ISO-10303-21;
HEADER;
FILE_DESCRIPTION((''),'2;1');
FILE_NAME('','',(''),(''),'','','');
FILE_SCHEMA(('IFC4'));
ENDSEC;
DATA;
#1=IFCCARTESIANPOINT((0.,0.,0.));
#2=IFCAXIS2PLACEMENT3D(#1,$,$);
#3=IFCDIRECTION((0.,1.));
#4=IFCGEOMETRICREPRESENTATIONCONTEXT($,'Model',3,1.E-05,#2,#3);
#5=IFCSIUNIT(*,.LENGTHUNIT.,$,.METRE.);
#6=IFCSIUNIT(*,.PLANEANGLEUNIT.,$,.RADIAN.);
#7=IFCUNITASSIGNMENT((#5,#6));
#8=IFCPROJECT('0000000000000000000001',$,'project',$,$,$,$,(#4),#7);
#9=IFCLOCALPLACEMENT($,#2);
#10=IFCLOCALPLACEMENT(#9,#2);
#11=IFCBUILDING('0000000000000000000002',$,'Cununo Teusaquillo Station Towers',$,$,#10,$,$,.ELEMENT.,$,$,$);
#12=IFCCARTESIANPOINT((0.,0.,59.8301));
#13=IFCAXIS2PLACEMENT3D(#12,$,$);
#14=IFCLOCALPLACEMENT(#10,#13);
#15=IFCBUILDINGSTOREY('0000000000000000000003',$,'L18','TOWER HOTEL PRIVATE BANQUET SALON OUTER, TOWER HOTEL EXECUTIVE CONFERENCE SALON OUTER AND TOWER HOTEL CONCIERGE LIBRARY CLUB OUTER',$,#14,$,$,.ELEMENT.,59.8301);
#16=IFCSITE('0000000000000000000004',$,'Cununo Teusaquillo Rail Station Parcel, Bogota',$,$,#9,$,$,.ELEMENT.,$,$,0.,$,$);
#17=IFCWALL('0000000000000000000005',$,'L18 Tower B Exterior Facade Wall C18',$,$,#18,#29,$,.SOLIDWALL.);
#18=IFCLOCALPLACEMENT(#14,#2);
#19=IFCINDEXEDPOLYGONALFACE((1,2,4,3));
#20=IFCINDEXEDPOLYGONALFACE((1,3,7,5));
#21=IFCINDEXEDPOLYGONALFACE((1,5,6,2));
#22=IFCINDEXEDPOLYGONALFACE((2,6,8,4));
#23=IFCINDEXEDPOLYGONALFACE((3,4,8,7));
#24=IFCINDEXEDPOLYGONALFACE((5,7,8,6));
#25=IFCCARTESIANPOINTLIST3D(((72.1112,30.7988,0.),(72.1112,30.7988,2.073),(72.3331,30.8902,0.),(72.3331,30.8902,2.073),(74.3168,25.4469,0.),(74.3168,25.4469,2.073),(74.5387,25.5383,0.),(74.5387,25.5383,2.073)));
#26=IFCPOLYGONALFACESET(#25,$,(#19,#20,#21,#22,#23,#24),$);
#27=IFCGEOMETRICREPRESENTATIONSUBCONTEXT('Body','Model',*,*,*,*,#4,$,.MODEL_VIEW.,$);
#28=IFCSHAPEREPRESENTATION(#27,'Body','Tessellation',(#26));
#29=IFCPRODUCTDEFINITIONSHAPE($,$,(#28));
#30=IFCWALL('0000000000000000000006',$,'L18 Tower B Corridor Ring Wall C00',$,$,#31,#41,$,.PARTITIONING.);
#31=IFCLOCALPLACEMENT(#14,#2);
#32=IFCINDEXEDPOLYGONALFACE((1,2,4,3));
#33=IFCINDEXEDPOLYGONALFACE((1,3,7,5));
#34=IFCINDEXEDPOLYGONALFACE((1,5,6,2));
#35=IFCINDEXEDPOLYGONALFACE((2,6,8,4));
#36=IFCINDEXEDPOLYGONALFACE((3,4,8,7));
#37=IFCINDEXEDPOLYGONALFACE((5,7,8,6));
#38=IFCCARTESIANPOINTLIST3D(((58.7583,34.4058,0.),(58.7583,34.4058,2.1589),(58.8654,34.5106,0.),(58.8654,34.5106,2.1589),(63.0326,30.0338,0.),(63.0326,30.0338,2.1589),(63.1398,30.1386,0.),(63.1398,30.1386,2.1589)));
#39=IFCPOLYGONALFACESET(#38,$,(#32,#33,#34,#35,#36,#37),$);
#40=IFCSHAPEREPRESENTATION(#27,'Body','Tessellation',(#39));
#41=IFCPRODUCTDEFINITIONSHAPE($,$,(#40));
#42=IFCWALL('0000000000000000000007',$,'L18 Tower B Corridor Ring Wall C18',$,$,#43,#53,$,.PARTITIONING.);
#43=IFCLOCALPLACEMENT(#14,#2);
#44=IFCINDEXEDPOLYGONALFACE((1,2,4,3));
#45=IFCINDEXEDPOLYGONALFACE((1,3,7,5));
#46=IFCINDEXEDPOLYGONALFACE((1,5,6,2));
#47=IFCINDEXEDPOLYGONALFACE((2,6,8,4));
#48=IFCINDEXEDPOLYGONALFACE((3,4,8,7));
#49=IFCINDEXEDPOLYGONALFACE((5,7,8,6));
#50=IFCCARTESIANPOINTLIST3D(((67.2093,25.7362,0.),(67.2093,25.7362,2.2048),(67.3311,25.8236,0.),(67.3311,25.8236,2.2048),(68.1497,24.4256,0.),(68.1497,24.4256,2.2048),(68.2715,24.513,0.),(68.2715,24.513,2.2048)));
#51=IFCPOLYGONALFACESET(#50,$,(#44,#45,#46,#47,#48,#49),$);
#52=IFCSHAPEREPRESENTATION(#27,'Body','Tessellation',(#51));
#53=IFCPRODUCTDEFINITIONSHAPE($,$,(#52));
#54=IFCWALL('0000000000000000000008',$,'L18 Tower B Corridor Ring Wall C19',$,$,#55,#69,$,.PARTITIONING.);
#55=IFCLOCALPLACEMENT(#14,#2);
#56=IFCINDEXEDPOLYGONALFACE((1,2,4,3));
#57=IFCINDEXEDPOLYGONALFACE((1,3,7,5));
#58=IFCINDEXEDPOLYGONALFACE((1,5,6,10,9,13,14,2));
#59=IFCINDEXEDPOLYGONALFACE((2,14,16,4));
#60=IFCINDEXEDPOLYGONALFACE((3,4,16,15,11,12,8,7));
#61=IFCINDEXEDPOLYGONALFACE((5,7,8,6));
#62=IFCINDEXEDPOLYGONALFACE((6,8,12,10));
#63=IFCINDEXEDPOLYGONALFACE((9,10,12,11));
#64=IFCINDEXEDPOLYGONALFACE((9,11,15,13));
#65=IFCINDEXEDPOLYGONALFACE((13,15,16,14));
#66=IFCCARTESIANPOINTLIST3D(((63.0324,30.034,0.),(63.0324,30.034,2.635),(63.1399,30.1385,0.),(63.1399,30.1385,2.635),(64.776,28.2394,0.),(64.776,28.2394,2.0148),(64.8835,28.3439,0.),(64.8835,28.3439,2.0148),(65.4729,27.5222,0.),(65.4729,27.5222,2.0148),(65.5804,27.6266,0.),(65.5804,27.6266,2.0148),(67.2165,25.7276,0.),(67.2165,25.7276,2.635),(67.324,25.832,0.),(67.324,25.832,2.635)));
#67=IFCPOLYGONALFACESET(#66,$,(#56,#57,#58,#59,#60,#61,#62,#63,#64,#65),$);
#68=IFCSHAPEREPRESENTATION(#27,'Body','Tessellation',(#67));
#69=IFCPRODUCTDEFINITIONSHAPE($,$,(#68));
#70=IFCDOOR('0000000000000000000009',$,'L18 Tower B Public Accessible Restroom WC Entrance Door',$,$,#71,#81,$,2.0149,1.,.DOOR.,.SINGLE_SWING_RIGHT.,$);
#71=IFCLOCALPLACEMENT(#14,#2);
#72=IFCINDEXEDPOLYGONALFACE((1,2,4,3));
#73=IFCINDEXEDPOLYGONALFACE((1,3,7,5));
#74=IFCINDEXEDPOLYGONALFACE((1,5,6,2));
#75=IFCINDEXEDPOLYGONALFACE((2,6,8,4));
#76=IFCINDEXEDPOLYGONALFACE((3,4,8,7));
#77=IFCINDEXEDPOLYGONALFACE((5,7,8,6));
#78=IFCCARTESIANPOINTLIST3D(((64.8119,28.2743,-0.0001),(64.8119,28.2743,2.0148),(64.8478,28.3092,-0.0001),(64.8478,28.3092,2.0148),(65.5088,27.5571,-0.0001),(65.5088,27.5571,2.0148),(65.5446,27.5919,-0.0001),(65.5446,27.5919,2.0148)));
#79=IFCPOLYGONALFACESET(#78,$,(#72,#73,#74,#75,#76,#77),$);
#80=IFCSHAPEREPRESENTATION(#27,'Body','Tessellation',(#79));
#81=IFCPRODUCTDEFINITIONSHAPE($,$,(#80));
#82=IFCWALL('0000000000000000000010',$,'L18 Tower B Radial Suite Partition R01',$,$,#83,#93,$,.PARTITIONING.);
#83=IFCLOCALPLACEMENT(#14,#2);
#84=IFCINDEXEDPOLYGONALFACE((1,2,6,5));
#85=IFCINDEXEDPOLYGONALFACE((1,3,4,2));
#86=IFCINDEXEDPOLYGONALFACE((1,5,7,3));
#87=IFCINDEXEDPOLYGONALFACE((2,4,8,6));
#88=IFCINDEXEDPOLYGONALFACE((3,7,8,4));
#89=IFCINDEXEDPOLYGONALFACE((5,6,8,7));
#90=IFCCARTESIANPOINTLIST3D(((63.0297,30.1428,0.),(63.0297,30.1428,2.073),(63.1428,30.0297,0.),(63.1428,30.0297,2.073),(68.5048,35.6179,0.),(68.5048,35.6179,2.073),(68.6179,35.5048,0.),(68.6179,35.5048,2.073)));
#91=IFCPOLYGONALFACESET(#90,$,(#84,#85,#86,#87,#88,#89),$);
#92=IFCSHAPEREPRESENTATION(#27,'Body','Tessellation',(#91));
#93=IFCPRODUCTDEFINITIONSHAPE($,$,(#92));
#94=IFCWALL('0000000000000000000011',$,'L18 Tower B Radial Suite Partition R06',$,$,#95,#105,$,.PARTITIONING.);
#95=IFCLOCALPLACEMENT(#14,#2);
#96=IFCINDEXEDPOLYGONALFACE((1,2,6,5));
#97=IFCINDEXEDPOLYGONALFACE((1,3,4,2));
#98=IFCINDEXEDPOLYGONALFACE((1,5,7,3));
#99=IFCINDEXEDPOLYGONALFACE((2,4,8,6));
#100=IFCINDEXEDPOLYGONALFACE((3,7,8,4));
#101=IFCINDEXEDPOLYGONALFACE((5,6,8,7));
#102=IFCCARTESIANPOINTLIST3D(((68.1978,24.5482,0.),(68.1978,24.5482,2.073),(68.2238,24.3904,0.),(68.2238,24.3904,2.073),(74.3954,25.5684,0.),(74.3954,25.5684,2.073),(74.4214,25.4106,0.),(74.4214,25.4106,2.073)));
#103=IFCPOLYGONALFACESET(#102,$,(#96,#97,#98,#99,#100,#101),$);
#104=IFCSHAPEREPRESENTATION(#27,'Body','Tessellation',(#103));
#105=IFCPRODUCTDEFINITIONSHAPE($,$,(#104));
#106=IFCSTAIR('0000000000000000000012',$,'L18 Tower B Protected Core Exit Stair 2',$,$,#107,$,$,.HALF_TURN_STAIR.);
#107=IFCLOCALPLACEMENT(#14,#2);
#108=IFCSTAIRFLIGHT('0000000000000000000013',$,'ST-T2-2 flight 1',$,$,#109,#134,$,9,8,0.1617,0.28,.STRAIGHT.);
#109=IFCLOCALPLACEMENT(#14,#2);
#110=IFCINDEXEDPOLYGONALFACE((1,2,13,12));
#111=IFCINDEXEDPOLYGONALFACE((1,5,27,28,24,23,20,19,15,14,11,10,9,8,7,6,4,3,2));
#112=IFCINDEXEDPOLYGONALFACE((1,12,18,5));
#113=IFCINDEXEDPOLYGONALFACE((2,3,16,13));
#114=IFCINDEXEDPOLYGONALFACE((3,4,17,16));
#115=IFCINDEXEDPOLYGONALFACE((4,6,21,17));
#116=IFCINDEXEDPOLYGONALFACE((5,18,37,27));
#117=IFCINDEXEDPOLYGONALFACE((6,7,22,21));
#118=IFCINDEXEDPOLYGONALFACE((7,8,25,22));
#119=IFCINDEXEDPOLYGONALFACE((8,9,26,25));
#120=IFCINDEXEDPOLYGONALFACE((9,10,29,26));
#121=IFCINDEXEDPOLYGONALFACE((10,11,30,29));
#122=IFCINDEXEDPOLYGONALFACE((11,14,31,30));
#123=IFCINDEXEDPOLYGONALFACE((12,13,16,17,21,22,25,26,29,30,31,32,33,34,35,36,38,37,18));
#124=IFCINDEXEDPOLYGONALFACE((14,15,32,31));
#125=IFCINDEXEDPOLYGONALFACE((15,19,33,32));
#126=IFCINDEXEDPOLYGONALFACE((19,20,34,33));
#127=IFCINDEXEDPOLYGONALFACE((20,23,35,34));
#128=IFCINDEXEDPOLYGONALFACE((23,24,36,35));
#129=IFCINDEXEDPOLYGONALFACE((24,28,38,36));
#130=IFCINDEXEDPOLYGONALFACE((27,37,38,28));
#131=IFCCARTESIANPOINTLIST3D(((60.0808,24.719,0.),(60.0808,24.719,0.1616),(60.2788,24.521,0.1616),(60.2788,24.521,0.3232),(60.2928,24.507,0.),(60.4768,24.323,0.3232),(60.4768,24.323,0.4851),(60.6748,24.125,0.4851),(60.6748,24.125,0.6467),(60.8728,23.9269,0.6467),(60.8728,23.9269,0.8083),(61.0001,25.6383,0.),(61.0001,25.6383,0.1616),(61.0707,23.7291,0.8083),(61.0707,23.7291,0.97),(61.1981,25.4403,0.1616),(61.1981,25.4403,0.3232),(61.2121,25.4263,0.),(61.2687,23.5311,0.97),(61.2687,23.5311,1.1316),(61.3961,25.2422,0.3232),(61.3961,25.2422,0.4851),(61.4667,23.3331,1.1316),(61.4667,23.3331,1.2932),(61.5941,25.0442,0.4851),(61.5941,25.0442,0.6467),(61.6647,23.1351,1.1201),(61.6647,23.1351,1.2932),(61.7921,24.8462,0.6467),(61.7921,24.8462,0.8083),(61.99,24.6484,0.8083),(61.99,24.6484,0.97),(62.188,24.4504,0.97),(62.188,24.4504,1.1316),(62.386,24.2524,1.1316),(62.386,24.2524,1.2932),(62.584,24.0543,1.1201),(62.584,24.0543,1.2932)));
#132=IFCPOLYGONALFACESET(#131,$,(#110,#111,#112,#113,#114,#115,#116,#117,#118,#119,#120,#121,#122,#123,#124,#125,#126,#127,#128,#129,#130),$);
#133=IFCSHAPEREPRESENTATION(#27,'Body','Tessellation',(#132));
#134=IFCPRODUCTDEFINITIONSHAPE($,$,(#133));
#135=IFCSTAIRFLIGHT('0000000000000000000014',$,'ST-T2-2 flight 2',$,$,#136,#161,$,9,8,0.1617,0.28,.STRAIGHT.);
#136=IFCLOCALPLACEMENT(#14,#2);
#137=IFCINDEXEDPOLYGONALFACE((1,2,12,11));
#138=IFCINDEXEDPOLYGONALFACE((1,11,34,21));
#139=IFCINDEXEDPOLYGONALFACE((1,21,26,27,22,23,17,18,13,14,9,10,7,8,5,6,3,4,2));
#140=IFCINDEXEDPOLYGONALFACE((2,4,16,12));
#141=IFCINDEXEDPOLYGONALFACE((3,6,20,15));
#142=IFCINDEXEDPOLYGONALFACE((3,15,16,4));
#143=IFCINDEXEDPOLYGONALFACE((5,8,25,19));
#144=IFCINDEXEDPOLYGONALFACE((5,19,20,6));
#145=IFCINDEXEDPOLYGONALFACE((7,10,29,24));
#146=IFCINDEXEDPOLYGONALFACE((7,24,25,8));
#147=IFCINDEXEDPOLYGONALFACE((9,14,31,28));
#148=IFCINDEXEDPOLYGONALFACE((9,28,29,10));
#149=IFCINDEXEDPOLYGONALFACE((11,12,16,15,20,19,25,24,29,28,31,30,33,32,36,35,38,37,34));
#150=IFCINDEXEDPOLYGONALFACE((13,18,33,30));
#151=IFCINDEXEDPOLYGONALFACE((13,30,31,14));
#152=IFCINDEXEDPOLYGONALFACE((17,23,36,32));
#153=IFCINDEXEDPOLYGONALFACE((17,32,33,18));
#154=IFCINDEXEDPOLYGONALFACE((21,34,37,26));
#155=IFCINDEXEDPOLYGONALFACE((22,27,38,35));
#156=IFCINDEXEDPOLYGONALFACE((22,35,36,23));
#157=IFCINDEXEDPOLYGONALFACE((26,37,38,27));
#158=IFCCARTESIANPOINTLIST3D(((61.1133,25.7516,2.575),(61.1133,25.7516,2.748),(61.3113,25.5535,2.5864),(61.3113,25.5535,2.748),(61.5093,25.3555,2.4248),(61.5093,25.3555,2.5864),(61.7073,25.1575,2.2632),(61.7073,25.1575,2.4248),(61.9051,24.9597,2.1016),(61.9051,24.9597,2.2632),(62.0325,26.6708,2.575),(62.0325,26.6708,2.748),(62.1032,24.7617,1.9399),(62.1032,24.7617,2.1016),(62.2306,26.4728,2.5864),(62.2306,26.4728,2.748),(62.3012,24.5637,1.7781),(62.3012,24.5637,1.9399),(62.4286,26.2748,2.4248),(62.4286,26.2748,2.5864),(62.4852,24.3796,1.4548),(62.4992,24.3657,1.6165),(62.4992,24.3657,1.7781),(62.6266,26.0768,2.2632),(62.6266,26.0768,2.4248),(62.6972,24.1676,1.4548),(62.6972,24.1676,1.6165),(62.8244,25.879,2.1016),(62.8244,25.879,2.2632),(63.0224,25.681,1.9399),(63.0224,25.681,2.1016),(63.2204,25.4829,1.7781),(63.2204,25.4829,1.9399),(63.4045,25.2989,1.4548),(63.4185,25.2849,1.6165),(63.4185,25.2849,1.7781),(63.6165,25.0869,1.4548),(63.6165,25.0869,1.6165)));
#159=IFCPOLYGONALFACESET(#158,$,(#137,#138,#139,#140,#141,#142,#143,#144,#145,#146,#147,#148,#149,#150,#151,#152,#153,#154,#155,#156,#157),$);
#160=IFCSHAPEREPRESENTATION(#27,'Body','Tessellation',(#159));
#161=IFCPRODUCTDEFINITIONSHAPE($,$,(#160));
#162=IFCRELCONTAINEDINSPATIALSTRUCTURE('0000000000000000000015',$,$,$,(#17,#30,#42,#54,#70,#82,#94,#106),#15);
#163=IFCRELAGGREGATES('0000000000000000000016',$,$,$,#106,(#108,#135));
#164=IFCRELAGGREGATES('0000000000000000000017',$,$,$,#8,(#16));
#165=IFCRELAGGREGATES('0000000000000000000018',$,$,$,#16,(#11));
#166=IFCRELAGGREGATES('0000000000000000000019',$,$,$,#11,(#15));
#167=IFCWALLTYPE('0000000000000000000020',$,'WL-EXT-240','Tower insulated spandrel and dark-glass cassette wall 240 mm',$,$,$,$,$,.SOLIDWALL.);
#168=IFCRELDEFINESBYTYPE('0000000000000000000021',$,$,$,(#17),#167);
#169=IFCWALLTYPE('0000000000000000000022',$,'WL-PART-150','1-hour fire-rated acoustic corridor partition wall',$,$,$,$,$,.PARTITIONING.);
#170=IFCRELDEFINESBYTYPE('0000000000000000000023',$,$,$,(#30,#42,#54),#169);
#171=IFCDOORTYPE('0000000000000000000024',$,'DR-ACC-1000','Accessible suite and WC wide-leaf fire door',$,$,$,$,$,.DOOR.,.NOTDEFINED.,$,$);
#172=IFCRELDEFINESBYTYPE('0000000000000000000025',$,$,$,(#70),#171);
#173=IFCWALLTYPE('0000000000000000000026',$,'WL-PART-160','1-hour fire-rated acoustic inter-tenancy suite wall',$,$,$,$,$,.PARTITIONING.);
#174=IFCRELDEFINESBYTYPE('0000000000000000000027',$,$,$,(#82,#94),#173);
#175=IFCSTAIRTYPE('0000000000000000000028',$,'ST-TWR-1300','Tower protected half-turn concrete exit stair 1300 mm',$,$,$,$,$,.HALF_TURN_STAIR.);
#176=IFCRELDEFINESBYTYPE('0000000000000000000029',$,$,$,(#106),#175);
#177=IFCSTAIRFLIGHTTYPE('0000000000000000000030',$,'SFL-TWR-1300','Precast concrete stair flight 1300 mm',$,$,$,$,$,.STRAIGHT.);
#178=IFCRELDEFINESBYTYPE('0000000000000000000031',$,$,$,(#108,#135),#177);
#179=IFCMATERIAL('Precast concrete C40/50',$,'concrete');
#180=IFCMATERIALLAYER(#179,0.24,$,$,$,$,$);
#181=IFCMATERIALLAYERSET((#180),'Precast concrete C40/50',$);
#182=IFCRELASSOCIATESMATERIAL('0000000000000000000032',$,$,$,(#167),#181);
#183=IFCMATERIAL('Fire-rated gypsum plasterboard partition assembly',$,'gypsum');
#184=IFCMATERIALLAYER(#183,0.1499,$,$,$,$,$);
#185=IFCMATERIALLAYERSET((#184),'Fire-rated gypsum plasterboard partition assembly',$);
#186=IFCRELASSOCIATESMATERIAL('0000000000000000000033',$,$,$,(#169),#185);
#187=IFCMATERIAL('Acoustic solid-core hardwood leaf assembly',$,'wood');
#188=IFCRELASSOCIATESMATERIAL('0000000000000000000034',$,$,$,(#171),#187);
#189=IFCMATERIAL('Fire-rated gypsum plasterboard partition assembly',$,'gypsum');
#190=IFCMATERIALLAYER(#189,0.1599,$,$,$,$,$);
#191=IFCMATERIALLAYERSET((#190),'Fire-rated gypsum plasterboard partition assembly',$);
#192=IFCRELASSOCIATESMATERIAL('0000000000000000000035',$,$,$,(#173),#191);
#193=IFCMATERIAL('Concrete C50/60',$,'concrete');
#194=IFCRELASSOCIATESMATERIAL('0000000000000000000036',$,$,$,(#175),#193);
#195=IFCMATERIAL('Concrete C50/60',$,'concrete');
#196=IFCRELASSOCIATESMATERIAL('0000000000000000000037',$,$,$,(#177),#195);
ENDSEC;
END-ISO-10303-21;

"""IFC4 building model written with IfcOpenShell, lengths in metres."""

from ifc_helpers import new_model, si_unit, direction, frame, frame_2d, origin, place, context, subcontext, project, spatial, polyline, rectangle, outline, extrude, source, transform, mapped, material, layer, layer_set, type_object, element, fill, aggregate, save


model = new_model("IFC4")

# Units and contexts
model_context = context("Model", 3, precision=1e-05, world=origin(), true_north=direction((0.0, 1.0)))
body_context = subcontext(model_context, "Body", "Model", "MODEL_VIEW")
ifc_project = project(units=[si_unit("LENGTHUNIT", "METRE"), si_unit("PLANEANGLEUNIT", "RADIAN")], contexts=[model_context])

# Site, building, storey
site_placement = place(None, origin())
site = spatial("IfcSite", under=ifc_project, at=site_placement, Name="Cununo Teusaquillo Rail Station Parcel, Bogota", CompositionType="ELEMENT", RefElevation=0.0)
building_placement = place(site_placement, origin())
building = spatial("IfcBuilding", under=site, at=building_placement, Name="Cununo Teusaquillo Station Towers", CompositionType="ELEMENT")
storey_placement = place(building_placement, frame((0.0, 0.0, 59.8301)))
storey = spatial("IfcBuildingStorey", under=building, at=storey_placement, Name="L18", Description="TOWER HOTEL PRIVATE BANQUET SALON OUTER, TOWER HOTEL EXECUTIVE CONFERENCE SALON OUTER AND TOWER HOTEL CONCIERGE LIBRARY CLUB OUTER", CompositionType="ELEMENT", Elevation=59.8301)

# Shared definitions
ifc_material_1 = material(Name="Precast concrete C40/50", Category="concrete")
ifc_layer_1 = layer(ifc_material_1, 0.24)
ifc_layer_set_1 = layer_set([ifc_layer_1], Name="Precast concrete C40/50")
wall_type_1 = type_object("IfcWallType", Name="WL-EXT-240", Description="Tower insulated spandrel and dark-glass cassette wall 240 mm", PredefinedType="SOLIDWALL", material=ifc_layer_set_1)

# Walls
wall_1_placement = place(storey_placement, frame((72.2222, 30.8445, 0.0), z_axis=(0.0, 0.0, 1.0), x_axis=(0.381028, -0.924564, 0.0)))
element("IfcWall", 1, at=wall_1_placement, inside=storey, type_object=wall_type_1, Name="L18 Tower B Exterior Facade Wall C18", PredefinedType="SOLIDWALL", context=body_context, shape_type="SweptSolid", body=[
    extrude(rectangle(XDim=5.7886, YDim=0.24, at=frame_2d((2.8943, 0.0))), origin(), (0.0, 0.0, 1.0), 2.073),
])
ifc_material_2 = material(Name="Fire-rated gypsum plasterboard partition assembly", Category="gypsum")
ifc_layer_2 = layer(ifc_material_2, 0.1499)
ifc_layer_set_2 = layer_set([ifc_layer_2], Name="Fire-rated gypsum plasterboard partition assembly")
wall_type_2 = type_object("IfcWallType", Name="WL-PART-150", Description="1-hour fire-rated acoustic corridor partition wall", PredefinedType="PARTITIONING", material=ifc_layer_set_2)
wall_2_placement = place(storey_placement, frame((63.0862, 30.0862, 0.0), z_axis=(0.0, 0.0, 1.0), x_axis=(-0.699076, 0.715047, 0.0)))
element("IfcWall", 2, at=wall_2_placement, inside=storey, type_object=wall_type_2, Name="L18 Tower B Corridor Ring Wall C00", PredefinedType="PARTITIONING", context=body_context, shape_type="SweptSolid", body=[
    extrude(rectangle(XDim=6.1143, YDim=0.1499, at=frame_2d((3.0571, 0.0))), origin(), (0.0, 0.0, 1.0), 2.1589),
])
wall_3_placement = place(storey_placement, frame((68.2107, 24.4692, 0.0), z_axis=(0.0, 0.0, 1.0), x_axis=(-0.583012, 0.812463, 0.0)))
element("IfcWall", 3, at=wall_3_placement, inside=storey, type_object=wall_type_2, Name="L18 Tower B Corridor Ring Wall C18", PredefinedType="PARTITIONING", context=body_context, shape_type="SweptSolid", body=[
    extrude(rectangle(XDim=1.613, YDim=0.1499, at=frame_2d((0.8066, 0.0))), origin(), (0.0, 0.0, 1.0), 2.2048),
])

# Wall, opening, door
wall_4_placement = place(storey_placement, frame((67.2703, 25.7798, 0.0), z_axis=(0.0, 0.0, 1.0), x_axis=(-0.696848, 0.717219, 0.0)))
wall_4 = element("IfcWall", 4, at=wall_4_placement, inside=storey, type_object=wall_type_2, Name="L18 Tower B Corridor Ring Wall C19", PredefinedType="PARTITIONING", context=body_context, shape_type="SweptSolid", body=[
    extrude(rectangle(XDim=6.0044, YDim=0.1499, at=frame_2d((3.0022, 0.0))), origin(), (0.0, 0.0, 1.0), 2.635),
])
shared_shape_1 = source(origin(), body_context, "Body", "SweptSolid", [
    extrude(rectangle(XDim=1.0, YDim=2.0149, at=frame_2d((0.5, 1.0073))), frame((0.0, 0.085, 0.0), z_axis=(0.0, -1.0, 0.0), x_axis=(1.0, 0.0, 0.0)), (0.0, 0.0, 1.0), 0.1699),
])
opening_1_placement = place(wall_4_placement, frame((2.5022, 0.0, 0.0)))
opening_1 = element("IfcOpeningElement", 5, at=opening_1_placement, cuts=wall_4, PredefinedType="OPENING", context=body_context, shape_type="MappedRepresentation", body=[
    mapped(shared_shape_1, transform((0.0, 0.0, 0.0), x_axis=(1.0, 0.0, 0.0), y_axis=(0.0, 1.0, 0.0), z_axis=(0.0, 0.0, 1.0), scale=1.0)),
])
ifc_material_3 = material(Name="Acoustic solid-core hardwood leaf assembly", Category="wood")
door_type_1 = type_object("IfcDoorType", Name="DR-ACC-1000", Description="Accessible suite and WC wide-leaf fire door", OperationType="NOTDEFINED", PredefinedType="DOOR", material=ifc_material_3)
shared_shape_2 = source(origin(), body_context, "Body", "SweptSolid", [
    extrude(rectangle(XDim=1.0, YDim=2.0149, at=frame_2d((0.5, 1.0073))), frame((0.0, 0.0249, 0.0), z_axis=(0.0, -1.0, 0.0), x_axis=(1.0, 0.0, 0.0)), (0.0, 0.0, 1.0), 0.05),
])
door_1_placement = place(opening_1_placement, origin())
door_1 = element("IfcDoor", 6, at=door_1_placement, inside=storey, type_object=door_type_1, Name="L18 Tower B Public Accessible Restroom WC Entrance Door", OperationType="SINGLE_SWING_RIGHT", OverallHeight=2.0149, OverallWidth=1.0, PredefinedType="DOOR", context=body_context, shape_type="MappedRepresentation", body=[
    mapped(shared_shape_2, transform((0.0, 0.0, 0.0), x_axis=(1.0, 0.0, 0.0), y_axis=(0.0, 1.0, 0.0), z_axis=(0.0, 0.0, 1.0), scale=1.0)),
])
fill(opening_1, door_1)

# Walls
ifc_material_4 = material(Name="Fire-rated gypsum plasterboard partition assembly", Category="gypsum")
ifc_layer_3 = layer(ifc_material_4, 0.1599)
ifc_layer_set_3 = layer_set([ifc_layer_3], Name="Fire-rated gypsum plasterboard partition assembly")
wall_type_3 = type_object("IfcWallType", Name="WL-PART-160", Description="1-hour fire-rated acoustic inter-tenancy suite wall", PredefinedType="PARTITIONING", material=ifc_layer_set_3)
wall_5_placement = place(storey_placement, frame((63.0862, 30.0862, 0.0), z_axis=(0.0, 0.0, 1.0), x_axis=(0.707107, 0.707107, 0.0)))
element("IfcWall", 7, at=wall_5_placement, inside=storey, type_object=wall_type_3, Name="L18 Tower B Radial Suite Partition R01", PredefinedType="PARTITIONING", context=body_context, shape_type="SweptSolid", body=[
    extrude(rectangle(XDim=7.7429, YDim=0.1599, at=frame_2d((3.8716, 0.0))), origin(), (0.0, 0.0, 1.0), 2.073),
])
wall_6_placement = place(storey_placement, frame((68.2107, 24.4692, 0.0), z_axis=(0.0, 0.0, 1.0), x_axis=(0.986719, 0.162438, 0.0)))
element("IfcWall", 8, at=wall_6_placement, inside=storey, type_object=wall_type_3, Name="L18 Tower B Radial Suite Partition R06", PredefinedType="PARTITIONING", context=body_context, shape_type="SweptSolid", body=[
    extrude(rectangle(XDim=6.281, YDim=0.1599, at=frame_2d((3.1406, 0.0))), origin(), (0.0, 0.0, 1.0), 2.073),
])

# Stair, stair flights
ifc_material_5 = material(Name="Concrete C50/60", Category="concrete")
stair_type = type_object("IfcStairType", Name="ST-TWR-1300", Description="Tower protected half-turn concrete exit stair 1300 mm", PredefinedType="HALF_TURN_STAIR", material=ifc_material_5)
stair_placement = place(storey_placement, origin())
stair = element("IfcStair", 9, at=stair_placement, inside=storey, type_object=stair_type, Name="L18 Tower B Protected Core Exit Stair 2", PredefinedType="HALF_TURN_STAIR")
ifc_material_6 = material(Name="Concrete C50/60", Category="concrete")
stair_flight_type = type_object("IfcStairFlightType", Name="SFL-TWR-1300", Description="Precast concrete stair flight 1300 mm", PredefinedType="STRAIGHT", material=ifc_material_6)
stair_flight_1_placement = place(storey_placement, frame((60.5405, 25.1787, 0.0), z_axis=(0.0, 0.0, 1.0), x_axis=(0.707107, -0.707107, 0.0)))
stair_flight_1 = element("IfcStairFlight", 10, at=stair_flight_1_placement, type_object=stair_flight_type, Name="ST-T2-2 flight 1", NumberOfRisers=9, NumberOfTreads=8, PredefinedType="STRAIGHT", RiserHeight=0.1617, TreadLength=0.28, context=body_context, shape_type="SweptSolid", body=[
    extrude(outline(polyline([(0.0, 0.0), (0.0, 0.1616), (0.28, 0.1616), (0.28, 0.3232), (0.5601, 0.3232), (0.5601, 0.4851), (0.8401, 0.4851), (0.8401, 0.6467), (1.1201, 0.6467), (1.1201, 0.8083), (1.3999, 0.8083), (1.3999, 0.97), (1.6799, 0.97), (1.6799, 1.1316), (1.96, 1.1316), (1.96, 1.2932), (2.24, 1.2932), (2.24, 1.4551), (2.24, 1.1201), (0.2998, 0.0), (0.0, 0.0)])), frame((0.0, 0.6499, 0.0), z_axis=(0.0, -1.0, 0.0), x_axis=(1.0, 0.0, 0.0)), (0.0, 0.0, 1.0), 1.3),
])
stair_flight_2_placement = place(storey_placement, frame((63.1567, 24.6272, 1.4548), z_axis=(0.0, 0.0, 1.0), x_axis=(-0.707107, 0.707107, 0.0)))
stair_flight_2 = element("IfcStairFlight", 11, at=stair_flight_2_placement, type_object=stair_flight_type, Name="ST-T2-2 flight 2", NumberOfRisers=9, NumberOfTreads=8, PredefinedType="STRAIGHT", RiserHeight=0.1617, TreadLength=0.28, context=body_context, shape_type="SweptSolid", body=[
    extrude(outline(polyline([(0.0, 0.0), (0.0, 0.1616), (0.28, 0.1616), (0.28, 0.3232), (0.5601, 0.3232), (0.5601, 0.4851), (0.8401, 0.4851), (0.8401, 0.6467), (1.1201, 0.6467), (1.1201, 0.8083), (1.3999, 0.8083), (1.3999, 0.97), (1.6799, 0.97), (1.6799, 1.1316), (1.96, 1.1316), (1.96, 1.2932), (2.24, 1.2932), (2.24, 1.4551), (2.24, 1.1201), (0.2998, 0.0), (0.0, 0.0)])), frame((0.0, 0.6499, 0.0), z_axis=(0.0, -1.0, 0.0), x_axis=(1.0, 0.0, 0.0)), (0.0, 0.0, 1.0), 1.3),
])
aggregate(stair, [stair_flight_1, stair_flight_2])

save(model, "model.ifc")
